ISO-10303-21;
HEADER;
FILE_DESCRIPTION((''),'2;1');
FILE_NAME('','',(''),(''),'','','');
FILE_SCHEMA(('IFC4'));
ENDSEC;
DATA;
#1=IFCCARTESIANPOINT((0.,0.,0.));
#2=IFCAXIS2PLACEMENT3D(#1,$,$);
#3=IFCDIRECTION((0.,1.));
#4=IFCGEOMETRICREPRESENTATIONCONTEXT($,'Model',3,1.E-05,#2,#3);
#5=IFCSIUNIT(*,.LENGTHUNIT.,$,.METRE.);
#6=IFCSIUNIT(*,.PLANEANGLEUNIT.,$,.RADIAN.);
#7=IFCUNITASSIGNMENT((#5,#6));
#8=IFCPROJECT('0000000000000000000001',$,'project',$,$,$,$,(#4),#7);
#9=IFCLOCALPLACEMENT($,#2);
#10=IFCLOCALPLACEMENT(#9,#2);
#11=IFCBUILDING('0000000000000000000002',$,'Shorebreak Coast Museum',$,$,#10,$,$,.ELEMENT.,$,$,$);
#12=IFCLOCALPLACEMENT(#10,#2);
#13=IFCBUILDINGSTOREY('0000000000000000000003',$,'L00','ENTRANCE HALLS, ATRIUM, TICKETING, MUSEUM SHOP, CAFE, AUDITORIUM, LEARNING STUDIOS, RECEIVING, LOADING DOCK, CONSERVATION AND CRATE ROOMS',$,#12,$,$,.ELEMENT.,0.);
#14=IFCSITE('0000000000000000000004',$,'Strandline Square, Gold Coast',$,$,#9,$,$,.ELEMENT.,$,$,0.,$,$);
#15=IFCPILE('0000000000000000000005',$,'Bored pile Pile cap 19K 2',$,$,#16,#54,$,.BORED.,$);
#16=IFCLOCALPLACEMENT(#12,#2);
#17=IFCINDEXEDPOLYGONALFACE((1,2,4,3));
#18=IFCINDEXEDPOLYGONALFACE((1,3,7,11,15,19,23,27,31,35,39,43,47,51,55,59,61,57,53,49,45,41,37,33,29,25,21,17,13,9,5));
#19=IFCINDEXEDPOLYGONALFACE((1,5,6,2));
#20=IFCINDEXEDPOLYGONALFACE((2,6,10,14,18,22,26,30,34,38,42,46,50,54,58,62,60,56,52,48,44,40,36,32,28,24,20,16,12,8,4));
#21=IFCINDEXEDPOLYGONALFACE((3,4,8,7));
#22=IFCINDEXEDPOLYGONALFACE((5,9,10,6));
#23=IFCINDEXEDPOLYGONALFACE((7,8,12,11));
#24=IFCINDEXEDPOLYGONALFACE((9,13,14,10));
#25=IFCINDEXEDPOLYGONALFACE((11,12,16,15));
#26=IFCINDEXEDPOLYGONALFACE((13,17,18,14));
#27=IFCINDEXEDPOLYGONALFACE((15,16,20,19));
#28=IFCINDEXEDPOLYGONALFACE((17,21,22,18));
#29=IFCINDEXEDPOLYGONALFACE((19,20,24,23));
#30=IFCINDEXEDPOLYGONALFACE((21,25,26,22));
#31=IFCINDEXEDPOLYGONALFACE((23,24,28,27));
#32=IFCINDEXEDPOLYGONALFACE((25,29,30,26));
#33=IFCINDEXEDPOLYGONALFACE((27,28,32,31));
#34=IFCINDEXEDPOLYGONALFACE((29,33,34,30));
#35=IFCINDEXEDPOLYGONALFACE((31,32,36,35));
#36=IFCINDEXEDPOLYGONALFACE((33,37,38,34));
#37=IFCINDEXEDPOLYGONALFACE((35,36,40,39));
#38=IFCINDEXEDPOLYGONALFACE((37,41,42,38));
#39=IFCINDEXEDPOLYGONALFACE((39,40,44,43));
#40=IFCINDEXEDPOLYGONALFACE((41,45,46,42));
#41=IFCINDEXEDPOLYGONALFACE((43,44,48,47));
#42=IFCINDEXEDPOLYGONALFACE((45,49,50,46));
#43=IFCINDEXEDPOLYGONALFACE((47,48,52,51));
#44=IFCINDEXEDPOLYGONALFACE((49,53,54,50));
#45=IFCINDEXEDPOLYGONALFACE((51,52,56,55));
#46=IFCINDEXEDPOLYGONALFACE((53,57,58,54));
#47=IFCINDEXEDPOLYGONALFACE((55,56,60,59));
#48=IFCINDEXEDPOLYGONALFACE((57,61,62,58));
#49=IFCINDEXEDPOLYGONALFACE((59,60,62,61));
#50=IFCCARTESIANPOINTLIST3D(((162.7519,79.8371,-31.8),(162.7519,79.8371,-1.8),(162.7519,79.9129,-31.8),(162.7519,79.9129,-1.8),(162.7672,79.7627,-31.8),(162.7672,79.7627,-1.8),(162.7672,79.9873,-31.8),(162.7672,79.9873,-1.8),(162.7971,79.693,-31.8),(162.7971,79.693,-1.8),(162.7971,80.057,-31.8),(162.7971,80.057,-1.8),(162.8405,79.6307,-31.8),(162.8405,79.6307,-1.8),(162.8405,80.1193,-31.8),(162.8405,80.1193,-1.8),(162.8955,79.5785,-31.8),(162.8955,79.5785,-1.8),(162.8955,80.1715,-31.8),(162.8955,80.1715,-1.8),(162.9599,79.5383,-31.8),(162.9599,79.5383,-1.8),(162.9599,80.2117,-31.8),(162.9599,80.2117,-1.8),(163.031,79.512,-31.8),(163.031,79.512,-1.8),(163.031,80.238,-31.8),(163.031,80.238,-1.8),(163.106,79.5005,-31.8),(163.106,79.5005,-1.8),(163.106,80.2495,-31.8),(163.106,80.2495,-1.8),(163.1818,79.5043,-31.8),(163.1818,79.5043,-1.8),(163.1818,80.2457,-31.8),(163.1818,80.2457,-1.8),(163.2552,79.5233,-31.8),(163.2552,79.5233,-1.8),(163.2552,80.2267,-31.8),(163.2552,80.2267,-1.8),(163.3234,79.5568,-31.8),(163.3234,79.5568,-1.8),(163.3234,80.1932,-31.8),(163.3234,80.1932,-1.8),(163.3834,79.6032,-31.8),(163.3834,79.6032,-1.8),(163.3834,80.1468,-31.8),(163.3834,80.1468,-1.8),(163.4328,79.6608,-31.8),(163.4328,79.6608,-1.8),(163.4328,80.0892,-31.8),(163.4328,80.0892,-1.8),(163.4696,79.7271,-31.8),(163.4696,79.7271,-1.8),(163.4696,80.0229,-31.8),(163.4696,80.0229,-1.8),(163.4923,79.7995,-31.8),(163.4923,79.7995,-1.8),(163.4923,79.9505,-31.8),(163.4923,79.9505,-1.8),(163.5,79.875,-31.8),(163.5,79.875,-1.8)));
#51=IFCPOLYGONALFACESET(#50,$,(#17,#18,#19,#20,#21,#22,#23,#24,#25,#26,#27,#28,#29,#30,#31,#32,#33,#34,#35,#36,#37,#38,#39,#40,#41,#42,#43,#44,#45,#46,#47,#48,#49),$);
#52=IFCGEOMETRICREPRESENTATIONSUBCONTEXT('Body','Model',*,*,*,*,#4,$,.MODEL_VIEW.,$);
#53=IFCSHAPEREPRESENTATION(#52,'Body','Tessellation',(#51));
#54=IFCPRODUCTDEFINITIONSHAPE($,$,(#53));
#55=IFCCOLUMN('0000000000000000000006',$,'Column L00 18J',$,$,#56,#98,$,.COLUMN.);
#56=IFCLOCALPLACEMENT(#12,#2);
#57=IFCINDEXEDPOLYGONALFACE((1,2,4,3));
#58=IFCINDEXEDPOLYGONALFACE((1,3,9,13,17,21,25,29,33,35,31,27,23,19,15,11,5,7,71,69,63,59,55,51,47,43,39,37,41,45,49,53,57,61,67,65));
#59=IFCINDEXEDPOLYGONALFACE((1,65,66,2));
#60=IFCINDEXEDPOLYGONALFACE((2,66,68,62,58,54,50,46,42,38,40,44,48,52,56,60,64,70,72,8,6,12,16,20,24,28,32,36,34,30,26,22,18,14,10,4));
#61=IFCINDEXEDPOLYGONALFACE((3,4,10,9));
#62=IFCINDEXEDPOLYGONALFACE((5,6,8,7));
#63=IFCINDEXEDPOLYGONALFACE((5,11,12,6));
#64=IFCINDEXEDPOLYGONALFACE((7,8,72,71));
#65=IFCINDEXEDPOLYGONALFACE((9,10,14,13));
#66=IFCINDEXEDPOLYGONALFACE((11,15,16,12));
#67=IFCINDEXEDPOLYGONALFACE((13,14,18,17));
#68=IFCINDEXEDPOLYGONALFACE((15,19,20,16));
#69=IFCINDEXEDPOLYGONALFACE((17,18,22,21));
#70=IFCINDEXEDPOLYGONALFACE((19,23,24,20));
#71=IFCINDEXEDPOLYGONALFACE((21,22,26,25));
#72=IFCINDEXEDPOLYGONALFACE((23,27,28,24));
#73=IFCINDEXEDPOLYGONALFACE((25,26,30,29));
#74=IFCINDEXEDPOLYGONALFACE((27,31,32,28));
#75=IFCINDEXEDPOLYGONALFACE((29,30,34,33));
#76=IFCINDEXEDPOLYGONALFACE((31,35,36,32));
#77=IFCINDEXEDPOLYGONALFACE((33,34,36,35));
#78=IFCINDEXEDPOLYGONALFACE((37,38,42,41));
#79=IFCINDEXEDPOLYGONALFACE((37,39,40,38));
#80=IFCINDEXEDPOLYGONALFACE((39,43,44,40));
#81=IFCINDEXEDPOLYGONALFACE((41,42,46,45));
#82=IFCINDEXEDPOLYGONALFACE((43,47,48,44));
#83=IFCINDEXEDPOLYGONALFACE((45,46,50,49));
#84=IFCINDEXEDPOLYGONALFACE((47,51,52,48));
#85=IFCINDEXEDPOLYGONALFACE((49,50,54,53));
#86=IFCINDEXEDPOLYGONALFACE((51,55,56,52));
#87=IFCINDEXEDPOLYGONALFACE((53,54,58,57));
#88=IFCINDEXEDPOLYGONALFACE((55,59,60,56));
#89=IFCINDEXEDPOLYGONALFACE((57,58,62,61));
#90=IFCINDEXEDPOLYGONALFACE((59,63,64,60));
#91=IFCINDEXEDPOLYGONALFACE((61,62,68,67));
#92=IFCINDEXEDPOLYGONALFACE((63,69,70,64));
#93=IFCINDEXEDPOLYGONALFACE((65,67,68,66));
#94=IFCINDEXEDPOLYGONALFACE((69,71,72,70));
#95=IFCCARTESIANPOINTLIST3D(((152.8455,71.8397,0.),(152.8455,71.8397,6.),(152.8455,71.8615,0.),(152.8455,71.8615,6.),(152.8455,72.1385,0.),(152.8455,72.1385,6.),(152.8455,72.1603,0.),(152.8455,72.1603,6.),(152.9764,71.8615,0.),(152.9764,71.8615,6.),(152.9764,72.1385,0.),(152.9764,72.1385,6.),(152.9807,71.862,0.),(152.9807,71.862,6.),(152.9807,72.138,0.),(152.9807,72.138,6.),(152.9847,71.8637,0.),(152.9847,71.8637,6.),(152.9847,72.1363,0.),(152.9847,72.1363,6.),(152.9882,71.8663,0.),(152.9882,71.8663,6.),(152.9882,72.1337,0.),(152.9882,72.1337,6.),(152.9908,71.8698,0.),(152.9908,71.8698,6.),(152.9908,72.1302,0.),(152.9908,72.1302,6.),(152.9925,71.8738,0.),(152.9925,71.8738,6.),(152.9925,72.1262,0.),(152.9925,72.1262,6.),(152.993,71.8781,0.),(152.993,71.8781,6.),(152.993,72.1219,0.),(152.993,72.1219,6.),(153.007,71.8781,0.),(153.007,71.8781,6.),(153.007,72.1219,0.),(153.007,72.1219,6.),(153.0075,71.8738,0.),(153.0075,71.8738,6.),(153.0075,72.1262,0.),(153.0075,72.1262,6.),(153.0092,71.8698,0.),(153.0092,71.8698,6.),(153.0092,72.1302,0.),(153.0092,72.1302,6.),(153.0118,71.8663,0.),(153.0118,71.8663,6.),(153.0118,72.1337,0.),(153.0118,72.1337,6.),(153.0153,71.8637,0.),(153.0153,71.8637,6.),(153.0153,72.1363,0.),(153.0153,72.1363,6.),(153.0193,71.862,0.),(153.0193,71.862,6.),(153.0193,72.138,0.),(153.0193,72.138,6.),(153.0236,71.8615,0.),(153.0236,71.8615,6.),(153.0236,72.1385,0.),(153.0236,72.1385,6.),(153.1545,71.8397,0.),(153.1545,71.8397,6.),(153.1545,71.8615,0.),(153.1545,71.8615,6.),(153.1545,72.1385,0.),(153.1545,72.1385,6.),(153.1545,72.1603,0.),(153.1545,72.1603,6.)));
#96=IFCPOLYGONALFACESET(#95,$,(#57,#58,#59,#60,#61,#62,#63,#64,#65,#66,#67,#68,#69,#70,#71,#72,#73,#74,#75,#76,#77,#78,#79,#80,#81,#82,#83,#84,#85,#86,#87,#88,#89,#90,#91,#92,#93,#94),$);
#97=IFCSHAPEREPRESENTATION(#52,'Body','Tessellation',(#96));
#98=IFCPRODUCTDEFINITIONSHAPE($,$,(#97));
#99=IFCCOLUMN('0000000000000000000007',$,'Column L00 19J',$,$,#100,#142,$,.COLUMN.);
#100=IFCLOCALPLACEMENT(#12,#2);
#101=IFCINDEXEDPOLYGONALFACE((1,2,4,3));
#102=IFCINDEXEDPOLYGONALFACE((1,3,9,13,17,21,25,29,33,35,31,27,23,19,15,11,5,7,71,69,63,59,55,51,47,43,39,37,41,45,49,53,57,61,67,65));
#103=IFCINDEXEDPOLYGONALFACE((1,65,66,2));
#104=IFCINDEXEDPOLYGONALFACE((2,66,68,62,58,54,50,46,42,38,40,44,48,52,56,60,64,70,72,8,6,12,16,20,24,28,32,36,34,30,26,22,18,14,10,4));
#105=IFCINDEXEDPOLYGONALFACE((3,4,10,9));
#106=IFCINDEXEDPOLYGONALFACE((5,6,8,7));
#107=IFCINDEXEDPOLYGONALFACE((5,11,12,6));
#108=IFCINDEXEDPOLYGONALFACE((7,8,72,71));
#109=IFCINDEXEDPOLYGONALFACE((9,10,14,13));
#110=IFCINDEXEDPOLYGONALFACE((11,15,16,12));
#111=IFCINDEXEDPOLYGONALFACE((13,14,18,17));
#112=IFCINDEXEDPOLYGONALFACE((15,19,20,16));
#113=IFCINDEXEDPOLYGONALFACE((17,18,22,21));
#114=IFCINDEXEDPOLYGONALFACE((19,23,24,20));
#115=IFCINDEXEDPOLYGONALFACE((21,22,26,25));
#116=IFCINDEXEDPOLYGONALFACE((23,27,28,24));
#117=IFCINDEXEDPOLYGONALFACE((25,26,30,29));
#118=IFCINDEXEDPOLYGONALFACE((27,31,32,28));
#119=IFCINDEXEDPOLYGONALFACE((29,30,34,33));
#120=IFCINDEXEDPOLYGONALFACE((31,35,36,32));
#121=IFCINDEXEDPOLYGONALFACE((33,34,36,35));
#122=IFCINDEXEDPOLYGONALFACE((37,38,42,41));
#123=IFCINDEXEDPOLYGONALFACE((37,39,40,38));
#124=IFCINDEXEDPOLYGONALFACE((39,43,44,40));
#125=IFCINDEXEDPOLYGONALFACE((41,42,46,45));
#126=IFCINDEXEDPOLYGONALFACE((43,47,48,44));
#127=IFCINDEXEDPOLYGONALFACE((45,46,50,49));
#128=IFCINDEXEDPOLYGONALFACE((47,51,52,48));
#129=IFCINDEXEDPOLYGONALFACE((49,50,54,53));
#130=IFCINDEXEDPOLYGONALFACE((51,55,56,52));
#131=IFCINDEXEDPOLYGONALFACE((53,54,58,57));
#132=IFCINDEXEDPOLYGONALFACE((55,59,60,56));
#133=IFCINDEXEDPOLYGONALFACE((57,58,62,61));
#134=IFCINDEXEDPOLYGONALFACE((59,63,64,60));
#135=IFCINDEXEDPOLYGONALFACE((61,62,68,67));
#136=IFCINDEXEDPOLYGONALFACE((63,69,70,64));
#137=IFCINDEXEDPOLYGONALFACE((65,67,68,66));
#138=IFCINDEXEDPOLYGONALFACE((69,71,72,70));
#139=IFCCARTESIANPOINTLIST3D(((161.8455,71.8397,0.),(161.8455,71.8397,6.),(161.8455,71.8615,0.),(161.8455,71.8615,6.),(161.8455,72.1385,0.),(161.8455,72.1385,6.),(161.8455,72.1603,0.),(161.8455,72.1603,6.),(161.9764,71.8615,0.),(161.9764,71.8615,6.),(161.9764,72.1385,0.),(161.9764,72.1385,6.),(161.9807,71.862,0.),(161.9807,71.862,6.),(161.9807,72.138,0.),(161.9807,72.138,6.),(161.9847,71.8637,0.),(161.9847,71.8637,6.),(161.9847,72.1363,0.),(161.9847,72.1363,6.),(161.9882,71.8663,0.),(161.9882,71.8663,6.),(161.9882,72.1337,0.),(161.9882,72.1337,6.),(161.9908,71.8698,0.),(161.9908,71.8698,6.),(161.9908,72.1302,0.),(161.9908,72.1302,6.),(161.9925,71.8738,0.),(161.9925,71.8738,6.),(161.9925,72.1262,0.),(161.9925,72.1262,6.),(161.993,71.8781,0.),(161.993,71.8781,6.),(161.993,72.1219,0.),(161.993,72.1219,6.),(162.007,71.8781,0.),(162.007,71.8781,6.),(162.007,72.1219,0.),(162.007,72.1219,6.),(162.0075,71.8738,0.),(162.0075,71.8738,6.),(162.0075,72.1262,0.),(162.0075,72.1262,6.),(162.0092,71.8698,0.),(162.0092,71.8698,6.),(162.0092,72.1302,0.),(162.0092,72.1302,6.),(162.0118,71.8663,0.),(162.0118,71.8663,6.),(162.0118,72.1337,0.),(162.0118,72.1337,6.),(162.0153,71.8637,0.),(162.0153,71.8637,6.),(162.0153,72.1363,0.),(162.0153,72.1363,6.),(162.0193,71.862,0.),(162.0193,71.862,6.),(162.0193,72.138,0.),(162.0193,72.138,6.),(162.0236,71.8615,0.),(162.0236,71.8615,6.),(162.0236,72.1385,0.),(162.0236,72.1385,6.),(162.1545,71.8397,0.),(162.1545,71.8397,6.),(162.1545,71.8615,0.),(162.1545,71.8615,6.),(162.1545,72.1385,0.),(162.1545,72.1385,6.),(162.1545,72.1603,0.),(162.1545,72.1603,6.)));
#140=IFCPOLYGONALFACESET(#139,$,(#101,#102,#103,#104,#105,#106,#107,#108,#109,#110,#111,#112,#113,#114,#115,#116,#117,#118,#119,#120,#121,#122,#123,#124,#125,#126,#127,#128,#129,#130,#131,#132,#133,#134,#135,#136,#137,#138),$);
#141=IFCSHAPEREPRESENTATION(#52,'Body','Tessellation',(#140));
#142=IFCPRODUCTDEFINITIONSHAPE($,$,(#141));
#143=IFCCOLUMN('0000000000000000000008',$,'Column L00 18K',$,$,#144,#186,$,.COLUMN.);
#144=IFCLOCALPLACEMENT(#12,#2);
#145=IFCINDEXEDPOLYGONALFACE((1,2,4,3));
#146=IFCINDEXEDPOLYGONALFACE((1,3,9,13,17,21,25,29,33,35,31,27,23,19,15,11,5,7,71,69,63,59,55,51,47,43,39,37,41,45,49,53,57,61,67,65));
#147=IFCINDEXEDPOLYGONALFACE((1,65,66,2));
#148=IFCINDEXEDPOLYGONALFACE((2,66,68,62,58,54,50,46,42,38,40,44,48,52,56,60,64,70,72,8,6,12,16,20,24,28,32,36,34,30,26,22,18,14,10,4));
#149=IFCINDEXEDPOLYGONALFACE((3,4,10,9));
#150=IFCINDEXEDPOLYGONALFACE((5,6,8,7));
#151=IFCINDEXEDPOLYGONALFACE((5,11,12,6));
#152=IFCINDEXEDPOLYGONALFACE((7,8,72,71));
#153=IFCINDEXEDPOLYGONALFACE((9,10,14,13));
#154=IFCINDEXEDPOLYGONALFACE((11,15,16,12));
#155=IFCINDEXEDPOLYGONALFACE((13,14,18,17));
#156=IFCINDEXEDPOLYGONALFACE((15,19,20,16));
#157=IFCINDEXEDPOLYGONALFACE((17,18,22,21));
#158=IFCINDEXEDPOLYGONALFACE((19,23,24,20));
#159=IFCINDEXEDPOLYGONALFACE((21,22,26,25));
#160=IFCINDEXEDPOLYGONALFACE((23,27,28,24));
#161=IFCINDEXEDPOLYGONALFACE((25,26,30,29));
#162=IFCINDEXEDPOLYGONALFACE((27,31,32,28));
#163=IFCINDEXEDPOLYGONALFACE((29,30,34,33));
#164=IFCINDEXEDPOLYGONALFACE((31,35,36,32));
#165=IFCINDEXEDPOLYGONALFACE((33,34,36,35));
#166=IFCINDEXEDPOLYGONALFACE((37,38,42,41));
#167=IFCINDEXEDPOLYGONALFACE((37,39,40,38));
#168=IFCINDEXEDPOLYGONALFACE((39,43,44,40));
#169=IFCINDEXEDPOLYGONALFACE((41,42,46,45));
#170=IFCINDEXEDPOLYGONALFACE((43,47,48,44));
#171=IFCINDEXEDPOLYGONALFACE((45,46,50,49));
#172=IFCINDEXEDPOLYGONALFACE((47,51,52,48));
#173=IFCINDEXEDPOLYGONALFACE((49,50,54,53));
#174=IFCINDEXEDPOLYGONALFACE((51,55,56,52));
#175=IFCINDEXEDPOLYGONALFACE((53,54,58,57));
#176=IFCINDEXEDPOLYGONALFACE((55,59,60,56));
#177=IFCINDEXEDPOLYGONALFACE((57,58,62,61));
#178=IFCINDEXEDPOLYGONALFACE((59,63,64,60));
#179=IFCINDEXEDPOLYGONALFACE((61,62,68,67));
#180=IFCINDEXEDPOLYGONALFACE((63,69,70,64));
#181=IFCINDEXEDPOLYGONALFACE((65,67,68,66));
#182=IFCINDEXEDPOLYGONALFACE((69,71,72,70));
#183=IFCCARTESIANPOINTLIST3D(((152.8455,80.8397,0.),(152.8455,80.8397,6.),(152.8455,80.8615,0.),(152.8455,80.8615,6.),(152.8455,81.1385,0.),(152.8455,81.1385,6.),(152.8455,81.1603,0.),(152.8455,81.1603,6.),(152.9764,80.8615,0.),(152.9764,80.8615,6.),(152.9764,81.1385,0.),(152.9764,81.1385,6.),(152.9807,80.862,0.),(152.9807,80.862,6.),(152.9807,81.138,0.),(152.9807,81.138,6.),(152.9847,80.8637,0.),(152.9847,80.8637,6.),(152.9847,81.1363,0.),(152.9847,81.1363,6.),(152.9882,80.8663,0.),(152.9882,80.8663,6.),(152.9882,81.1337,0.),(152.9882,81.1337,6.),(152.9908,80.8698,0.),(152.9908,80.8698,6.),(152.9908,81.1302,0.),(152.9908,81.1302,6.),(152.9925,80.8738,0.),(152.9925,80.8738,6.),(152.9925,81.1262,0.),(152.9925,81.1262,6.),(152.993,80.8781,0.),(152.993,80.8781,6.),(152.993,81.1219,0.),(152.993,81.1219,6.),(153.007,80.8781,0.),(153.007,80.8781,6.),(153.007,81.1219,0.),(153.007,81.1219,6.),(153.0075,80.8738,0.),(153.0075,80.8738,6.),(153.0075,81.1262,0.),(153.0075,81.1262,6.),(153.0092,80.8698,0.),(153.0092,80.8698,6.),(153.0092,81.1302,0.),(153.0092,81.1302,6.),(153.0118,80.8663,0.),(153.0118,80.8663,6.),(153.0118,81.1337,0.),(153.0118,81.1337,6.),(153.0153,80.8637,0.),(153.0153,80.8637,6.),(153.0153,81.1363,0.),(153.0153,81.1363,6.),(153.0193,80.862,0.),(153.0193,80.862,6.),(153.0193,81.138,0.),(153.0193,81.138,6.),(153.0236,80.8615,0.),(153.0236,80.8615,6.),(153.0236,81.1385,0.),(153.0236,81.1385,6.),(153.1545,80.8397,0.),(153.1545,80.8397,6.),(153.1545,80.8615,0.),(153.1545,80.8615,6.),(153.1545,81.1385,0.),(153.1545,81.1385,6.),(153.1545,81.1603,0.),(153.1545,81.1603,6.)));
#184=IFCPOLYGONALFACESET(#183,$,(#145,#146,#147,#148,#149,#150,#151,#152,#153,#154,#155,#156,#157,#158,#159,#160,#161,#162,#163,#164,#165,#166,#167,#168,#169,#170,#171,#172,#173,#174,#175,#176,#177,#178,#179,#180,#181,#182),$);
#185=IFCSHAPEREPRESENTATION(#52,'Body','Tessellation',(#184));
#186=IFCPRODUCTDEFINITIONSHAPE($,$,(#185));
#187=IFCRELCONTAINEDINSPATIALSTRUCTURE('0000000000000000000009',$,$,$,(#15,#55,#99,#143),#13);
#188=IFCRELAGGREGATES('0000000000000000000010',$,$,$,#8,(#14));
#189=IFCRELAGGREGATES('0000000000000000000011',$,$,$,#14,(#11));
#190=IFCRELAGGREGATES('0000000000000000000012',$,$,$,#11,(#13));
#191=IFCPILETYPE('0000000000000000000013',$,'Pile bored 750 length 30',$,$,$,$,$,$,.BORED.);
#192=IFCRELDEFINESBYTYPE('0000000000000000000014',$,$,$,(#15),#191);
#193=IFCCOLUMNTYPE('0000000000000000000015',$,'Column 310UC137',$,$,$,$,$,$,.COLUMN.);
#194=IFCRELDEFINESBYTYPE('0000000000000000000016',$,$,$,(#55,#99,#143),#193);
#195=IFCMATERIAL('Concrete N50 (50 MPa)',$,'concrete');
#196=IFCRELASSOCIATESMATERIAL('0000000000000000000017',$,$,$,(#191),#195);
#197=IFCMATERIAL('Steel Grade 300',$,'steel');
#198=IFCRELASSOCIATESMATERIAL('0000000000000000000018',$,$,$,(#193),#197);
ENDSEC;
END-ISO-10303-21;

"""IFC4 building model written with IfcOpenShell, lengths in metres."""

from ifc_helpers import new_model, si_unit, direction, frame, origin, origin_2d, place, context, subcontext, project, spatial, circle, i_section, extrude, material, material_profile, profile_set, type_object, element, save


model = new_model("IFC4")

# Units and contexts
model_context = context("Model", 3, precision=1e-05, world=origin(), true_north=direction((0.0, 1.0)))
body_context = subcontext(model_context, "Body", "Model", "MODEL_VIEW")
ifc_project = project(units=[si_unit("LENGTHUNIT", "METRE"), si_unit("PLANEANGLEUNIT", "RADIAN")], contexts=[model_context])

# Site, building, storey
site_placement = place(None, origin())
site = spatial("IfcSite", under=ifc_project, at=site_placement, Name="Strandline Square, Gold Coast", CompositionType="ELEMENT", RefElevation=0.0)
building_placement = place(site_placement, origin())
building = spatial("IfcBuilding", under=site, at=building_placement, Name="Shorebreak Coast Museum", CompositionType="ELEMENT")
storey_placement = place(building_placement, origin())
storey = spatial("IfcBuildingStorey", under=building, at=storey_placement, Name="L00", Description="ENTRANCE HALLS, ATRIUM, TICKETING, MUSEUM SHOP, CAFE, AUDITORIUM, LEARNING STUDIOS, RECEIVING, LOADING DOCK, CONSERVATION AND CRATE ROOMS", CompositionType="ELEMENT", Elevation=0.0)

# Pile
ifc_material_1 = material(Name="Concrete N50 (50 MPa)", Category="concrete")
ifc_material_profile_1 = material_profile(ifc_material_1, circle(Radius=0.375, at=origin_2d()), Name="Pile bored 750 length 30")
ifc_profile_set_1 = profile_set([ifc_material_profile_1], Name="Concrete N50 (50 MPa)")
pile_type_1 = type_object("IfcPileType", Name="Pile bored 750 length 30", PredefinedType="BORED", material=ifc_profile_set_1)
for number, where, z_axis, x_axis, name in (
    (1, (163.125, 79.875, -1.8), (0.0, 0.0, -1.0), (1.0, 0.0, 0.0), "Bored pile Pile cap 19K 2"),
):
    element("IfcPile", number, at=place(storey_placement, frame(where, z_axis=z_axis, x_axis=x_axis)), inside=storey, type_object=pile_type_1, Name=name, PredefinedType="BORED", context=body_context, shape_type="SweptSolid", body=[
        extrude(circle(Radius=0.375, at=origin_2d()), origin(), (0.0, 0.0, 1.0), 30.0),
    ])

# Columns
ifc_material_2 = material(Name="Steel Grade 300", Category="steel")
ifc_material_profile_2 = material_profile(ifc_material_2, i_section(OverallWidth=0.3091, OverallDepth=0.3206, WebThickness=0.0139, FlangeThickness=0.0217, FilletRadius=0.0166, at=origin_2d()), Name="310UC137")
ifc_profile_set_2 = profile_set([ifc_material_profile_2], Name="Steel Grade 300")
column_type = type_object("IfcColumnType", Name="Column 310UC137", PredefinedType="COLUMN", material=ifc_profile_set_2)
for number, where, z_axis, x_axis, name in (
    (2, (153.0, 72.0, 0.0), (0.0, 0.0, 1.0), (1.0, 0.0, 0.0), "Column L00 18J"),
    (3, (162.0, 72.0, 0.0), (0.0, 0.0, 1.0), (1.0, 0.0, 0.0), "Column L00 19J"),
    (4, (153.0, 81.0, 0.0), (0.0, 0.0, 1.0), (1.0, 0.0, 0.0), "Column L00 18K"),
):
    element("IfcColumn", number, at=place(storey_placement, frame(where, z_axis=z_axis, x_axis=x_axis)), inside=storey, type_object=column_type, Name=name, PredefinedType="COLUMN", context=body_context, shape_type="SweptSolid", body=[
        extrude(i_section(OverallWidth=0.3091, OverallDepth=0.3206, WebThickness=0.0139, FlangeThickness=0.0217, FilletRadius=0.0166, at=origin_2d()), origin(), (0.0, 0.0, 1.0), 6.0),
    ])

save(model, "model.ifc")
